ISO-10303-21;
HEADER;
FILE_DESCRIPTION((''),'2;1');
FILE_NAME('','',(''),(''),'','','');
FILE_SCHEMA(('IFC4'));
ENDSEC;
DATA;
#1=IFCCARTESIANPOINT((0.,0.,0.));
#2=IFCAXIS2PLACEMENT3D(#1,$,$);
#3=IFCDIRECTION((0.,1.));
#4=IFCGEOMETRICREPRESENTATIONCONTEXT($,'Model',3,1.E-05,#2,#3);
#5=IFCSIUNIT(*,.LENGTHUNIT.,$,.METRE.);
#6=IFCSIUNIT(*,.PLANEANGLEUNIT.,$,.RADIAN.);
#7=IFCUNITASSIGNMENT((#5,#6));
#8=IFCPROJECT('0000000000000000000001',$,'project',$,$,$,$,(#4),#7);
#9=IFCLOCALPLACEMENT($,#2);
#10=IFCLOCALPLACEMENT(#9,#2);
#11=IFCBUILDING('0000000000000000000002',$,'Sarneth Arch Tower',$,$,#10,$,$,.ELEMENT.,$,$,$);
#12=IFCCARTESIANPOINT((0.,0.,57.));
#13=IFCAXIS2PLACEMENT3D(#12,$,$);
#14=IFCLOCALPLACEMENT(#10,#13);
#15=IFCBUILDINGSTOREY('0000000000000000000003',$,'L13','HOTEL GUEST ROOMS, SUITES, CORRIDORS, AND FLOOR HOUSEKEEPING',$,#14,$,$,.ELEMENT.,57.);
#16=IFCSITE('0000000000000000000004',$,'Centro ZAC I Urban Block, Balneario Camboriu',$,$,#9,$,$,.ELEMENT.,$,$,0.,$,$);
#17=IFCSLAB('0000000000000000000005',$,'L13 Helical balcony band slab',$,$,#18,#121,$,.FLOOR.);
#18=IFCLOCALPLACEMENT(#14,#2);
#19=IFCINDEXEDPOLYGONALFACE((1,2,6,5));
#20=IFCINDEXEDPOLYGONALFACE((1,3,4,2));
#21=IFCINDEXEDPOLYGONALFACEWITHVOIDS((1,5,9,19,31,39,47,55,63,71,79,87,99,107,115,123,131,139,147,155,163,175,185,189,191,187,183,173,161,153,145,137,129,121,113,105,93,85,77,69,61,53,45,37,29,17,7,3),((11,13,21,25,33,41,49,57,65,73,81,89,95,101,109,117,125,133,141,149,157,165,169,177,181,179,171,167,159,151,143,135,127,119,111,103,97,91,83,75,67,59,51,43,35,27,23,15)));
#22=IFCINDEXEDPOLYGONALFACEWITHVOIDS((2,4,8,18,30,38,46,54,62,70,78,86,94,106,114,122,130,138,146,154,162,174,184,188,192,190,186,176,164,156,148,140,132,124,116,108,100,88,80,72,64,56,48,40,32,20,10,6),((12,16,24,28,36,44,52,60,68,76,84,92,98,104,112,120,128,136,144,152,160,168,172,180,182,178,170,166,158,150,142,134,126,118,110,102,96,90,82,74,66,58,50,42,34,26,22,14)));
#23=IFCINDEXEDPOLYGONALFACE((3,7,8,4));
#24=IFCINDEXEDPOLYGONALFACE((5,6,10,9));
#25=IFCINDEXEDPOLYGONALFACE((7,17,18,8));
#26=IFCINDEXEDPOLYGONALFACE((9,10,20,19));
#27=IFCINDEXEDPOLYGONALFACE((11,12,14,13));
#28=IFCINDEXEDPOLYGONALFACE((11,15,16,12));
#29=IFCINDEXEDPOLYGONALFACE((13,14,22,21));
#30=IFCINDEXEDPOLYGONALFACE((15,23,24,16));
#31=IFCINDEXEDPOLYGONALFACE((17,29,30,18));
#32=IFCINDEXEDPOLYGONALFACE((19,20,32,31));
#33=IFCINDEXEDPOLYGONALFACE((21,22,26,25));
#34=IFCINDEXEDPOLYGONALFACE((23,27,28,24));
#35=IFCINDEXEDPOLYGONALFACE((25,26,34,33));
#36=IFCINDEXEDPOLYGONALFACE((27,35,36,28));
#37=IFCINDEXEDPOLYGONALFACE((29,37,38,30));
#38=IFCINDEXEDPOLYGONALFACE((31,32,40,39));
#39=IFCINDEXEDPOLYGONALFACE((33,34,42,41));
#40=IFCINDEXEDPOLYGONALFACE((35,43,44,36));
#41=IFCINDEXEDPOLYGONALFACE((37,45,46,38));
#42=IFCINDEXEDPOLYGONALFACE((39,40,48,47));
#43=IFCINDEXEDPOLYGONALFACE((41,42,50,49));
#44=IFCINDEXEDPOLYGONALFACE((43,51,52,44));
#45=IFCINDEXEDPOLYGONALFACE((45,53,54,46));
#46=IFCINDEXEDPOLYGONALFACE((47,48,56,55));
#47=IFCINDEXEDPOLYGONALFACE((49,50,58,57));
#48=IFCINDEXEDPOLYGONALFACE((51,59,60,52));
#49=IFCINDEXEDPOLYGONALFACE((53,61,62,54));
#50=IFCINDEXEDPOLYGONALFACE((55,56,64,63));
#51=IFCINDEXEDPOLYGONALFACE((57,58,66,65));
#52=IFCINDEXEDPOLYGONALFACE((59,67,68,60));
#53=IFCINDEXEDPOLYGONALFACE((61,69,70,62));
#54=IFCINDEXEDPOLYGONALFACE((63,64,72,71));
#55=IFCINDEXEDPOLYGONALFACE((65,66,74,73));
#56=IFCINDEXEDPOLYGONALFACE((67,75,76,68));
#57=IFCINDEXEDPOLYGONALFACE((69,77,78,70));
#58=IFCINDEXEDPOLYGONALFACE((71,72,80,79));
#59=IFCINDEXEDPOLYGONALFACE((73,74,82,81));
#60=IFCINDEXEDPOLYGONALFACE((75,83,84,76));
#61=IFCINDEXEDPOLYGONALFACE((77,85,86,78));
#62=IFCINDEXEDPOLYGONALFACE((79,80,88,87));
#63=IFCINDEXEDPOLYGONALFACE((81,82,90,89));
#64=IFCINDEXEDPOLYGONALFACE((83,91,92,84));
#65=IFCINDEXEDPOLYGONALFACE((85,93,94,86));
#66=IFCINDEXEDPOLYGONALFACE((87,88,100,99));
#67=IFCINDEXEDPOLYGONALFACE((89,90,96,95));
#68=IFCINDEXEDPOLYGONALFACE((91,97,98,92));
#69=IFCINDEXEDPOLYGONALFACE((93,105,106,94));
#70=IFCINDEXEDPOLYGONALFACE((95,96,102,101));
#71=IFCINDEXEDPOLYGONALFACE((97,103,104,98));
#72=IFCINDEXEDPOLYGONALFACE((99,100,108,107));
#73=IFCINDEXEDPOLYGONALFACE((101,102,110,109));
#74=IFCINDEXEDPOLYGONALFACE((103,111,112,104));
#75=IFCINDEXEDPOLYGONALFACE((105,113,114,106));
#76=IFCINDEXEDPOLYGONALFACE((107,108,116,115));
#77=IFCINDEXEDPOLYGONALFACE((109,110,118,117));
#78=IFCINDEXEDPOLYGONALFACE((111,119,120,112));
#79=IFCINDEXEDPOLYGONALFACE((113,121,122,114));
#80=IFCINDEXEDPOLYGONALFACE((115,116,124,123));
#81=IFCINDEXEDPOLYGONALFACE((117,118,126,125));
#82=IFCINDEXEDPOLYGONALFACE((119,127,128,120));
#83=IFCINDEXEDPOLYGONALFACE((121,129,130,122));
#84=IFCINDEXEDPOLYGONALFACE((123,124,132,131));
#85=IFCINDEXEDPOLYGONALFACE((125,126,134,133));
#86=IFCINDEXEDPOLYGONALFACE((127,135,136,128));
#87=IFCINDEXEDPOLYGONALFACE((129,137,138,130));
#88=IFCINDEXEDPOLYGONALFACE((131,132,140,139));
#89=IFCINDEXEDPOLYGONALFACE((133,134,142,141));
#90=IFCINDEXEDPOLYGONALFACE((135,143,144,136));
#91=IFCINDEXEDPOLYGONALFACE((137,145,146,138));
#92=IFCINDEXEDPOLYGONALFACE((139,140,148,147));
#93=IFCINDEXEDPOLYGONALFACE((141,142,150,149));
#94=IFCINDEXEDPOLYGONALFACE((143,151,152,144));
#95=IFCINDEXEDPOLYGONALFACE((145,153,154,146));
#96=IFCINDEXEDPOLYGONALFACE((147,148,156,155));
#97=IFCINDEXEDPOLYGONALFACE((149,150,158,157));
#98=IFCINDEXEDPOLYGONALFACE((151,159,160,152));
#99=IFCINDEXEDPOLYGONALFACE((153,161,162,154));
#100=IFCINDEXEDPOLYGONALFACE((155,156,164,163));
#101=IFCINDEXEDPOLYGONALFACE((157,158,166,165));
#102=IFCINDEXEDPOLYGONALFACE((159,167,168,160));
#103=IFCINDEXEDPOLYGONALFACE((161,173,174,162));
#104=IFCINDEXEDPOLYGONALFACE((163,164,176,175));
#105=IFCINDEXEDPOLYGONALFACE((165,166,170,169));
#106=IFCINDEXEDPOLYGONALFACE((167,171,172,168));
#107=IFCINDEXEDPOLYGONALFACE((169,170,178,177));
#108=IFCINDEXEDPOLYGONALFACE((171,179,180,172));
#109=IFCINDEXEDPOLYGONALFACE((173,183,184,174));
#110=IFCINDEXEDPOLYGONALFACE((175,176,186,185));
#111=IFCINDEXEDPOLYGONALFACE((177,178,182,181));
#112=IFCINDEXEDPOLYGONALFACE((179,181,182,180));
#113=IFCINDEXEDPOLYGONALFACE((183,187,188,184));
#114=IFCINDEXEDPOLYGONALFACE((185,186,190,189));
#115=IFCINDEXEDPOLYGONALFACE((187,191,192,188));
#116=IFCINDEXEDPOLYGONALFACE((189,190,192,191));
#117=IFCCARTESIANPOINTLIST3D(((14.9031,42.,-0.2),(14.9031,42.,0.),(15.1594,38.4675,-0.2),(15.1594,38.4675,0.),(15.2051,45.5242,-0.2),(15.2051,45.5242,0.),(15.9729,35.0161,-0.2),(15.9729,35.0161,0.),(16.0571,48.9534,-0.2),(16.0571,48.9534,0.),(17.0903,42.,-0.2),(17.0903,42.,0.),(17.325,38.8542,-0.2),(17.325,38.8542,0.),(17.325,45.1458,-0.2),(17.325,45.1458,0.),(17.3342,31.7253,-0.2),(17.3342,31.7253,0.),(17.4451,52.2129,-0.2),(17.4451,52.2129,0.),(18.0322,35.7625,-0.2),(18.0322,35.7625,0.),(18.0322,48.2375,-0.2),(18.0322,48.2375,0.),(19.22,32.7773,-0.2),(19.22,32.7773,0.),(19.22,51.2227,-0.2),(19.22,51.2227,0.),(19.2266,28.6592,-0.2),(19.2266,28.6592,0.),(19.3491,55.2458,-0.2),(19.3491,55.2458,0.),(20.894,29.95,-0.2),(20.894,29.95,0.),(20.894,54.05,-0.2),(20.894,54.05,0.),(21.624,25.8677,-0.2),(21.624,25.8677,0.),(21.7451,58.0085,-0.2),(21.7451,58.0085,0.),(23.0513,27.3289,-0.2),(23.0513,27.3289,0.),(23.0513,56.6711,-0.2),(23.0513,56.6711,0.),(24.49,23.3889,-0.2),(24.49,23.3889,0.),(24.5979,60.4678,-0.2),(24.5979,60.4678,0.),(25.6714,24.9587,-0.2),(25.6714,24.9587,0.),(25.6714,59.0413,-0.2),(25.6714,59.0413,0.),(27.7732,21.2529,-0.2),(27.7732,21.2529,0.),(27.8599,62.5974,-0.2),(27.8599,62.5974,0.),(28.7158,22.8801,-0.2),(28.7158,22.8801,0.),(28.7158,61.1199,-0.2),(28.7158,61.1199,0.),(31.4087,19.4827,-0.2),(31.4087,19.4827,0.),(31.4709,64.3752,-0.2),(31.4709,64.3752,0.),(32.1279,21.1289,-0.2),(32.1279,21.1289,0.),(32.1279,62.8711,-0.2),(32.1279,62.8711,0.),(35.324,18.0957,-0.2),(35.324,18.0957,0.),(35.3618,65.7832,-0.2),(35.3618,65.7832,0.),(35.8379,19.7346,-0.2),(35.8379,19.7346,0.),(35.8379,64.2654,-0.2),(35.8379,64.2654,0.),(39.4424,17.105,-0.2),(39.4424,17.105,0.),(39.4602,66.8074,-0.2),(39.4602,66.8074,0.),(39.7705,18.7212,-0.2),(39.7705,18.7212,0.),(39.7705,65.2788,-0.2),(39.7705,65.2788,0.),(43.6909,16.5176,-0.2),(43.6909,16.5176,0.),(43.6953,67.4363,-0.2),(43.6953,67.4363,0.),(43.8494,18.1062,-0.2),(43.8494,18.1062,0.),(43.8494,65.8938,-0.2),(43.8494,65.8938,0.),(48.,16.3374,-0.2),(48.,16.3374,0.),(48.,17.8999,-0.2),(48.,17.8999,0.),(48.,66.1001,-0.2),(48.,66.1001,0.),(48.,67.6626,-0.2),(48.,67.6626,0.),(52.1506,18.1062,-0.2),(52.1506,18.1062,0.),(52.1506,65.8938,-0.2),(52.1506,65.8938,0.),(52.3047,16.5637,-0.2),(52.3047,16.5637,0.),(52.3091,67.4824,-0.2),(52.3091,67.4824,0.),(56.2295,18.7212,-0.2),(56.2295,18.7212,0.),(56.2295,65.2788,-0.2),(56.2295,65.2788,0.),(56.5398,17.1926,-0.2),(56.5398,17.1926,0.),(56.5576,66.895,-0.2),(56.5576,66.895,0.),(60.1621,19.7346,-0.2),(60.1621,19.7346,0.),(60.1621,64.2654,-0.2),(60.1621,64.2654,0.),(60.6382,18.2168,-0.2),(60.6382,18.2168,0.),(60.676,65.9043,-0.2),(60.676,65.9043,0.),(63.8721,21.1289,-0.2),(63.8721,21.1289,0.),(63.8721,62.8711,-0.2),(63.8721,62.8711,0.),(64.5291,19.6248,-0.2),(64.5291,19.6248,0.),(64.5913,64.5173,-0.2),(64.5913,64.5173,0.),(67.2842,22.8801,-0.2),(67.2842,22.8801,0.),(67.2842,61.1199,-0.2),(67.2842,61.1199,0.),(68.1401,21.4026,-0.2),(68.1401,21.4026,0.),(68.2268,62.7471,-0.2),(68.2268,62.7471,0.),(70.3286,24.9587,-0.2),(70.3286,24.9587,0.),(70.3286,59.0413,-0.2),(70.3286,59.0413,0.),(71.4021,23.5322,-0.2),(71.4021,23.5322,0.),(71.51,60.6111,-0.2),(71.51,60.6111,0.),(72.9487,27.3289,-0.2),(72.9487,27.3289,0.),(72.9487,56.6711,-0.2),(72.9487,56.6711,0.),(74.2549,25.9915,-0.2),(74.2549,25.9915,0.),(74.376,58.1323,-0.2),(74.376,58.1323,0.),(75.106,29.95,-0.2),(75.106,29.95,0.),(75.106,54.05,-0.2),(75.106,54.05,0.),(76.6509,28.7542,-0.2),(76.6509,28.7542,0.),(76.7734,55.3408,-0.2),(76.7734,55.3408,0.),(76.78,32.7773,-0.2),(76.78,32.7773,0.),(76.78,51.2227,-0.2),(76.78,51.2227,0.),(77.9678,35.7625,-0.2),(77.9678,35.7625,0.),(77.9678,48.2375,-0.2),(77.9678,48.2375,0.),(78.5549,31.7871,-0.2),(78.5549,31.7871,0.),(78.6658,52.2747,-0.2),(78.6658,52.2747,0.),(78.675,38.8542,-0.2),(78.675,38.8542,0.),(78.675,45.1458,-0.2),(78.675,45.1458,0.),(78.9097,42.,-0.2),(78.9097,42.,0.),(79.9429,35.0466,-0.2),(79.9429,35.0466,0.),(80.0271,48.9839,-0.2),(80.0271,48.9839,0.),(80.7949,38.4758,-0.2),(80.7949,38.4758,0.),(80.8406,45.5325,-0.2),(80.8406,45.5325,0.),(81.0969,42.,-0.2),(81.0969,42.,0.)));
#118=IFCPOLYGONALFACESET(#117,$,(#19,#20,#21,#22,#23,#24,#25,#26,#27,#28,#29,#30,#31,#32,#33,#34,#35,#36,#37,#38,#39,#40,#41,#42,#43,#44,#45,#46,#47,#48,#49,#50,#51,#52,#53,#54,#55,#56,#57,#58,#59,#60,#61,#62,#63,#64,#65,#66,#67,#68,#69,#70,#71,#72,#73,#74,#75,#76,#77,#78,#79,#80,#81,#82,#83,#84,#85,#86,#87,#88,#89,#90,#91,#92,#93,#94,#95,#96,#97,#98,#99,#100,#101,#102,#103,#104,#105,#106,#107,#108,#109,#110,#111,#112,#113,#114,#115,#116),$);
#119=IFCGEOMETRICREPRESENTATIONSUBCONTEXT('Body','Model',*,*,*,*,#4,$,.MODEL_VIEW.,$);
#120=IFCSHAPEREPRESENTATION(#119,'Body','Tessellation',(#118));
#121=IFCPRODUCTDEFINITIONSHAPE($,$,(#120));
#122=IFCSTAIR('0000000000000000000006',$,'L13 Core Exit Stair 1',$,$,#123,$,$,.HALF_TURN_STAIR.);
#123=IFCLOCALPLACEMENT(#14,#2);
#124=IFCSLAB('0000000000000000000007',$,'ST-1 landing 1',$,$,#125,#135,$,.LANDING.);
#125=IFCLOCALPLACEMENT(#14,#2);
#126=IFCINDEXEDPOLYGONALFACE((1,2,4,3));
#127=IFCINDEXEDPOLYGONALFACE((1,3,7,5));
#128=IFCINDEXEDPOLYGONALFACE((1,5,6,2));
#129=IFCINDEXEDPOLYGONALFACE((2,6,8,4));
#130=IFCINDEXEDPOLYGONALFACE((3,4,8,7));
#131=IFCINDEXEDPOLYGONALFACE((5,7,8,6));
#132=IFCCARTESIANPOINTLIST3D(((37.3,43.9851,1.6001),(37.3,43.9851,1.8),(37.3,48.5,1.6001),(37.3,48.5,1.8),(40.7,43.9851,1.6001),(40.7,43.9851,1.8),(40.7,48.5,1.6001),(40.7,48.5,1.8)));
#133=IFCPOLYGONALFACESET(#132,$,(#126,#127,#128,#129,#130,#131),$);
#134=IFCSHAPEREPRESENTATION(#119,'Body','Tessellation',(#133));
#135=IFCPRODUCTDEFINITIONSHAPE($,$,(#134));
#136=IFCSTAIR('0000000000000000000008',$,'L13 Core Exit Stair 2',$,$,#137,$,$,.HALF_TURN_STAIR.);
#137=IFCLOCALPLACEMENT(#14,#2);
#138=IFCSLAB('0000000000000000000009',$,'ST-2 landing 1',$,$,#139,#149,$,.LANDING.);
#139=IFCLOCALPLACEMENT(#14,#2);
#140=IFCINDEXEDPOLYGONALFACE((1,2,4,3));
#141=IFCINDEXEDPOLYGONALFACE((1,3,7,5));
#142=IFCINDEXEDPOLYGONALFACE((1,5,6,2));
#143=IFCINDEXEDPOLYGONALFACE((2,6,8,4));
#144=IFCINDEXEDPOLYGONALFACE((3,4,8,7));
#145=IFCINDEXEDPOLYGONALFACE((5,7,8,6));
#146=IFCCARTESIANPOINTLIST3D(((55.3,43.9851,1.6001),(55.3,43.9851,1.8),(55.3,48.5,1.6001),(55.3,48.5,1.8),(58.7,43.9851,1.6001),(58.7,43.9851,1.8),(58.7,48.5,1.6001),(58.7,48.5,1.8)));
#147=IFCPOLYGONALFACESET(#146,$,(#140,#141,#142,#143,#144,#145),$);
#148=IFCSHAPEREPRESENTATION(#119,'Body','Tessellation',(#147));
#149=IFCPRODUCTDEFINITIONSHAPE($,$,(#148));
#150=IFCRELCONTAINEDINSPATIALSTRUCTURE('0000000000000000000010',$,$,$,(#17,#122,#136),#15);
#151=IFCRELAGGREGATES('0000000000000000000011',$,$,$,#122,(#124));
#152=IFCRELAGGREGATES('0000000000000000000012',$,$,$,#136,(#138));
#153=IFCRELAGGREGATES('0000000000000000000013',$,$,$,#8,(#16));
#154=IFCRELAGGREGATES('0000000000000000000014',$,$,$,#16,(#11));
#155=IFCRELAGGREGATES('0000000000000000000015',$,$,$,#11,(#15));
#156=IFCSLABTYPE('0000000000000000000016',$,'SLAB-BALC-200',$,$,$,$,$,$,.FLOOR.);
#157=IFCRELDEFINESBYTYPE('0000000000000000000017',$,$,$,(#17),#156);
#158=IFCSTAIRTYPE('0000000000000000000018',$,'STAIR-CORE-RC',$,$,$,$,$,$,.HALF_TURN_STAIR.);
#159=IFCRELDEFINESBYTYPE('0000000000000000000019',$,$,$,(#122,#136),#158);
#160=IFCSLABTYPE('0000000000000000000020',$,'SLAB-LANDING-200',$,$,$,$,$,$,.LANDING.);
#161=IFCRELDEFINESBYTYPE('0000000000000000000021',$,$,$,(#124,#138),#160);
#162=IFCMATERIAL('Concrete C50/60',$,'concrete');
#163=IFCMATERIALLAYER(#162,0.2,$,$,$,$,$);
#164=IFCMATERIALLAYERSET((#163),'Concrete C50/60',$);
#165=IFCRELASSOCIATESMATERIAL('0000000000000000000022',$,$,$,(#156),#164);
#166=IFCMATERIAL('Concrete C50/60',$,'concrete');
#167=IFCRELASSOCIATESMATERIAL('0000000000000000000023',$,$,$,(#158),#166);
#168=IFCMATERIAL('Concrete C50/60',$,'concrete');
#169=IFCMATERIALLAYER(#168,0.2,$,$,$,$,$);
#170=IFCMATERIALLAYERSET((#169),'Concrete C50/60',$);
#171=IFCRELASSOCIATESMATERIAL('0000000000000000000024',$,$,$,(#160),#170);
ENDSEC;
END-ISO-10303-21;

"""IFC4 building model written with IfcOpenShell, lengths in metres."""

from ifc_helpers import new_model, si_unit, direction, frame, origin, place, context, subcontext, project, spatial, polyline, outline, extrude, material, layer, layer_set, type_object, element, aggregate, save


model = new_model("IFC4")

# Units and contexts
model_context = context("Model", 3, precision=1e-05, world=origin(), true_north=direction((0.0, 1.0)))
body_context = subcontext(model_context, "Body", "Model", "MODEL_VIEW")
ifc_project = project(units=[si_unit("LENGTHUNIT", "METRE"), si_unit("PLANEANGLEUNIT", "RADIAN")], contexts=[model_context])

# Site, building, storey
site_placement = place(None, origin())
site = spatial("IfcSite", under=ifc_project, at=site_placement, Name="Centro ZAC I Urban Block, Balneario Camboriu", CompositionType="ELEMENT", RefElevation=0.0)
building_placement = place(site_placement, origin())
building = spatial("IfcBuilding", under=site, at=building_placement, Name="Sarneth Arch Tower", CompositionType="ELEMENT")
storey_placement = place(building_placement, frame((0.0, 0.0, 57.0)))
storey = spatial("IfcBuildingStorey", under=building, at=storey_placement, Name="L13", Description="HOTEL GUEST ROOMS, SUITES, CORRIDORS, AND FLOOR HOUSEKEEPING", CompositionType="ELEMENT", Elevation=57.0)

# Slab
ifc_material_1 = material(Name="Concrete C50/60", Category="concrete")
ifc_layer_1 = layer(ifc_material_1, 0.2)
ifc_layer_set_1 = layer_set([ifc_layer_1], Name="Concrete C50/60")
slab_type_1 = type_object("IfcSlabType", Name="SLAB-BALC-200", PredefinedType="FLOOR", material=ifc_layer_set_1)
slab_1_placement = place(storey_placement, frame((0.0, 0.0, -0.2)))
element("IfcSlab", 1, at=slab_1_placement, inside=storey, type_object=slab_type_1, Name="L13 Helical balcony band slab", PredefinedType="FLOOR", context=body_context, shape_type="SweptSolid", body=[
    extrude(outline(polyline([(81.0969, 42.0), (80.8406, 45.5325), (80.0271, 48.9839), (78.6658, 52.2747), (76.7734, 55.3408), (74.376, 58.1323), (71.51, 60.6111), (68.2268, 62.7471), (64.5913, 64.5173), (60.676, 65.9043), (56.5576, 66.895), (52.3091, 67.4824), (48.0, 67.6626), (43.6953, 67.4363), (39.4602, 66.8074), (35.3618, 65.7832), (31.4709, 64.3752), (27.8599, 62.5974), (24.5979, 60.4678), (21.7451, 58.0085), (19.3491, 55.2458), (17.4451, 52.2129), (16.0571, 48.9534), (15.2051, 45.5242), (14.9031, 42.0), (15.1594, 38.4675), (15.9729, 35.0161), (17.3342, 31.7253), (19.2266, 28.6592), (21.624, 25.8677), (24.49, 23.3889), (27.7732, 21.2529), (31.4087, 19.4827), (35.324, 18.0957), (39.4424, 17.105), (43.6909, 16.5176), (48.0, 16.3374), (52.3047, 16.5637), (56.5398, 17.1926), (60.6382, 18.2168), (64.5291, 19.6248), (68.1401, 21.4026), (71.4021, 23.5322), (74.2549, 25.9915), (76.6509, 28.7542), (78.5549, 31.7871), (79.9429, 35.0466), (80.7949, 38.4758), (81.0969, 42.0)]), holes=[polyline([(78.9097, 42.0), (78.675, 45.1458), (77.9678, 48.2375), (76.78, 51.2227), (75.106, 54.05), (72.9487, 56.6711), (70.3286, 59.0413), (67.2842, 61.1199), (63.8721, 62.8711), (60.1621, 64.2654), (56.2295, 65.2788), (52.1506, 65.8938), (48.0, 66.1001), (43.8494, 65.8938), (39.7705, 65.2788), (35.8379, 64.2654), (32.1279, 62.8711), (28.7158, 61.1199), (25.6714, 59.0413), (23.0513, 56.6711), (20.894, 54.05), (19.22, 51.2227), (18.0322, 48.2375), (17.325, 45.1458), (17.0903, 42.0), (17.325, 38.8542), (18.0322, 35.7625), (19.22, 32.7773), (20.894, 29.95), (23.0513, 27.3289), (25.6714, 24.9587), (28.7158, 22.8801), (32.1279, 21.1289), (35.8379, 19.7346), (39.7705, 18.7212), (43.8494, 18.1062), (48.0, 17.8999), (52.1506, 18.1062), (56.2295, 18.7212), (60.1621, 19.7346), (63.8721, 21.1289), (67.2842, 22.8801), (70.3286, 24.9587), (72.9487, 27.3289), (75.106, 29.95), (76.78, 32.7773), (77.9678, 35.7625), (78.675, 38.8542), (78.9097, 42.0)])]), origin(), (0.0, 0.0, 1.0), 0.2),
])

# Stairs, slabs
ifc_material_2 = material(Name="Concrete C50/60", Category="concrete")
stair_type = type_object("IfcStairType", Name="STAIR-CORE-RC", PredefinedType="HALF_TURN_STAIR", material=ifc_material_2)
stair_1_placement = place(storey_placement, origin())
stair_1 = element("IfcStair", 2, at=stair_1_placement, inside=storey, type_object=stair_type, Name="L13 Core Exit Stair 1", PredefinedType="HALF_TURN_STAIR")
ifc_material_3 = material(Name="Concrete C50/60", Category="concrete")
ifc_layer_2 = layer(ifc_material_3, 0.2)
ifc_layer_set_2 = layer_set([ifc_layer_2], Name="Concrete C50/60")
slab_type_2 = type_object("IfcSlabType", Name="SLAB-LANDING-200", PredefinedType="LANDING", material=ifc_layer_set_2)
slab_2_placement = place(storey_placement, frame((0.0, 0.0, 1.6001)))
slab_2 = element("IfcSlab", 3, at=slab_2_placement, type_object=slab_type_2, Name="ST-1 landing 1", PredefinedType="LANDING", context=body_context, shape_type="SweptSolid", body=[
    extrude(outline(polyline([(37.3, 43.9851), (40.7, 43.9851), (40.7, 48.5), (37.3, 48.5), (37.3, 43.9851)])), origin(), (0.0, 0.0, 1.0), 0.2),
])
aggregate(stair_1, [slab_2])
stair_2_placement = place(storey_placement, origin())
stair_2 = element("IfcStair", 4, at=stair_2_placement, inside=storey, type_object=stair_type, Name="L13 Core Exit Stair 2", PredefinedType="HALF_TURN_STAIR")
slab_3_placement = place(storey_placement, frame((0.0, 0.0, 1.6001)))
slab_3 = element("IfcSlab", 5, at=slab_3_placement, type_object=slab_type_2, Name="ST-2 landing 1", PredefinedType="LANDING", context=body_context, shape_type="SweptSolid", body=[
    extrude(outline(polyline([(55.3, 43.9851), (58.7, 43.9851), (58.7, 48.5), (55.3, 48.5), (55.3, 43.9851)])), origin(), (0.0, 0.0, 1.0), 0.2),
])
aggregate(stair_2, [slab_3])

save(model, "model.ifc")
